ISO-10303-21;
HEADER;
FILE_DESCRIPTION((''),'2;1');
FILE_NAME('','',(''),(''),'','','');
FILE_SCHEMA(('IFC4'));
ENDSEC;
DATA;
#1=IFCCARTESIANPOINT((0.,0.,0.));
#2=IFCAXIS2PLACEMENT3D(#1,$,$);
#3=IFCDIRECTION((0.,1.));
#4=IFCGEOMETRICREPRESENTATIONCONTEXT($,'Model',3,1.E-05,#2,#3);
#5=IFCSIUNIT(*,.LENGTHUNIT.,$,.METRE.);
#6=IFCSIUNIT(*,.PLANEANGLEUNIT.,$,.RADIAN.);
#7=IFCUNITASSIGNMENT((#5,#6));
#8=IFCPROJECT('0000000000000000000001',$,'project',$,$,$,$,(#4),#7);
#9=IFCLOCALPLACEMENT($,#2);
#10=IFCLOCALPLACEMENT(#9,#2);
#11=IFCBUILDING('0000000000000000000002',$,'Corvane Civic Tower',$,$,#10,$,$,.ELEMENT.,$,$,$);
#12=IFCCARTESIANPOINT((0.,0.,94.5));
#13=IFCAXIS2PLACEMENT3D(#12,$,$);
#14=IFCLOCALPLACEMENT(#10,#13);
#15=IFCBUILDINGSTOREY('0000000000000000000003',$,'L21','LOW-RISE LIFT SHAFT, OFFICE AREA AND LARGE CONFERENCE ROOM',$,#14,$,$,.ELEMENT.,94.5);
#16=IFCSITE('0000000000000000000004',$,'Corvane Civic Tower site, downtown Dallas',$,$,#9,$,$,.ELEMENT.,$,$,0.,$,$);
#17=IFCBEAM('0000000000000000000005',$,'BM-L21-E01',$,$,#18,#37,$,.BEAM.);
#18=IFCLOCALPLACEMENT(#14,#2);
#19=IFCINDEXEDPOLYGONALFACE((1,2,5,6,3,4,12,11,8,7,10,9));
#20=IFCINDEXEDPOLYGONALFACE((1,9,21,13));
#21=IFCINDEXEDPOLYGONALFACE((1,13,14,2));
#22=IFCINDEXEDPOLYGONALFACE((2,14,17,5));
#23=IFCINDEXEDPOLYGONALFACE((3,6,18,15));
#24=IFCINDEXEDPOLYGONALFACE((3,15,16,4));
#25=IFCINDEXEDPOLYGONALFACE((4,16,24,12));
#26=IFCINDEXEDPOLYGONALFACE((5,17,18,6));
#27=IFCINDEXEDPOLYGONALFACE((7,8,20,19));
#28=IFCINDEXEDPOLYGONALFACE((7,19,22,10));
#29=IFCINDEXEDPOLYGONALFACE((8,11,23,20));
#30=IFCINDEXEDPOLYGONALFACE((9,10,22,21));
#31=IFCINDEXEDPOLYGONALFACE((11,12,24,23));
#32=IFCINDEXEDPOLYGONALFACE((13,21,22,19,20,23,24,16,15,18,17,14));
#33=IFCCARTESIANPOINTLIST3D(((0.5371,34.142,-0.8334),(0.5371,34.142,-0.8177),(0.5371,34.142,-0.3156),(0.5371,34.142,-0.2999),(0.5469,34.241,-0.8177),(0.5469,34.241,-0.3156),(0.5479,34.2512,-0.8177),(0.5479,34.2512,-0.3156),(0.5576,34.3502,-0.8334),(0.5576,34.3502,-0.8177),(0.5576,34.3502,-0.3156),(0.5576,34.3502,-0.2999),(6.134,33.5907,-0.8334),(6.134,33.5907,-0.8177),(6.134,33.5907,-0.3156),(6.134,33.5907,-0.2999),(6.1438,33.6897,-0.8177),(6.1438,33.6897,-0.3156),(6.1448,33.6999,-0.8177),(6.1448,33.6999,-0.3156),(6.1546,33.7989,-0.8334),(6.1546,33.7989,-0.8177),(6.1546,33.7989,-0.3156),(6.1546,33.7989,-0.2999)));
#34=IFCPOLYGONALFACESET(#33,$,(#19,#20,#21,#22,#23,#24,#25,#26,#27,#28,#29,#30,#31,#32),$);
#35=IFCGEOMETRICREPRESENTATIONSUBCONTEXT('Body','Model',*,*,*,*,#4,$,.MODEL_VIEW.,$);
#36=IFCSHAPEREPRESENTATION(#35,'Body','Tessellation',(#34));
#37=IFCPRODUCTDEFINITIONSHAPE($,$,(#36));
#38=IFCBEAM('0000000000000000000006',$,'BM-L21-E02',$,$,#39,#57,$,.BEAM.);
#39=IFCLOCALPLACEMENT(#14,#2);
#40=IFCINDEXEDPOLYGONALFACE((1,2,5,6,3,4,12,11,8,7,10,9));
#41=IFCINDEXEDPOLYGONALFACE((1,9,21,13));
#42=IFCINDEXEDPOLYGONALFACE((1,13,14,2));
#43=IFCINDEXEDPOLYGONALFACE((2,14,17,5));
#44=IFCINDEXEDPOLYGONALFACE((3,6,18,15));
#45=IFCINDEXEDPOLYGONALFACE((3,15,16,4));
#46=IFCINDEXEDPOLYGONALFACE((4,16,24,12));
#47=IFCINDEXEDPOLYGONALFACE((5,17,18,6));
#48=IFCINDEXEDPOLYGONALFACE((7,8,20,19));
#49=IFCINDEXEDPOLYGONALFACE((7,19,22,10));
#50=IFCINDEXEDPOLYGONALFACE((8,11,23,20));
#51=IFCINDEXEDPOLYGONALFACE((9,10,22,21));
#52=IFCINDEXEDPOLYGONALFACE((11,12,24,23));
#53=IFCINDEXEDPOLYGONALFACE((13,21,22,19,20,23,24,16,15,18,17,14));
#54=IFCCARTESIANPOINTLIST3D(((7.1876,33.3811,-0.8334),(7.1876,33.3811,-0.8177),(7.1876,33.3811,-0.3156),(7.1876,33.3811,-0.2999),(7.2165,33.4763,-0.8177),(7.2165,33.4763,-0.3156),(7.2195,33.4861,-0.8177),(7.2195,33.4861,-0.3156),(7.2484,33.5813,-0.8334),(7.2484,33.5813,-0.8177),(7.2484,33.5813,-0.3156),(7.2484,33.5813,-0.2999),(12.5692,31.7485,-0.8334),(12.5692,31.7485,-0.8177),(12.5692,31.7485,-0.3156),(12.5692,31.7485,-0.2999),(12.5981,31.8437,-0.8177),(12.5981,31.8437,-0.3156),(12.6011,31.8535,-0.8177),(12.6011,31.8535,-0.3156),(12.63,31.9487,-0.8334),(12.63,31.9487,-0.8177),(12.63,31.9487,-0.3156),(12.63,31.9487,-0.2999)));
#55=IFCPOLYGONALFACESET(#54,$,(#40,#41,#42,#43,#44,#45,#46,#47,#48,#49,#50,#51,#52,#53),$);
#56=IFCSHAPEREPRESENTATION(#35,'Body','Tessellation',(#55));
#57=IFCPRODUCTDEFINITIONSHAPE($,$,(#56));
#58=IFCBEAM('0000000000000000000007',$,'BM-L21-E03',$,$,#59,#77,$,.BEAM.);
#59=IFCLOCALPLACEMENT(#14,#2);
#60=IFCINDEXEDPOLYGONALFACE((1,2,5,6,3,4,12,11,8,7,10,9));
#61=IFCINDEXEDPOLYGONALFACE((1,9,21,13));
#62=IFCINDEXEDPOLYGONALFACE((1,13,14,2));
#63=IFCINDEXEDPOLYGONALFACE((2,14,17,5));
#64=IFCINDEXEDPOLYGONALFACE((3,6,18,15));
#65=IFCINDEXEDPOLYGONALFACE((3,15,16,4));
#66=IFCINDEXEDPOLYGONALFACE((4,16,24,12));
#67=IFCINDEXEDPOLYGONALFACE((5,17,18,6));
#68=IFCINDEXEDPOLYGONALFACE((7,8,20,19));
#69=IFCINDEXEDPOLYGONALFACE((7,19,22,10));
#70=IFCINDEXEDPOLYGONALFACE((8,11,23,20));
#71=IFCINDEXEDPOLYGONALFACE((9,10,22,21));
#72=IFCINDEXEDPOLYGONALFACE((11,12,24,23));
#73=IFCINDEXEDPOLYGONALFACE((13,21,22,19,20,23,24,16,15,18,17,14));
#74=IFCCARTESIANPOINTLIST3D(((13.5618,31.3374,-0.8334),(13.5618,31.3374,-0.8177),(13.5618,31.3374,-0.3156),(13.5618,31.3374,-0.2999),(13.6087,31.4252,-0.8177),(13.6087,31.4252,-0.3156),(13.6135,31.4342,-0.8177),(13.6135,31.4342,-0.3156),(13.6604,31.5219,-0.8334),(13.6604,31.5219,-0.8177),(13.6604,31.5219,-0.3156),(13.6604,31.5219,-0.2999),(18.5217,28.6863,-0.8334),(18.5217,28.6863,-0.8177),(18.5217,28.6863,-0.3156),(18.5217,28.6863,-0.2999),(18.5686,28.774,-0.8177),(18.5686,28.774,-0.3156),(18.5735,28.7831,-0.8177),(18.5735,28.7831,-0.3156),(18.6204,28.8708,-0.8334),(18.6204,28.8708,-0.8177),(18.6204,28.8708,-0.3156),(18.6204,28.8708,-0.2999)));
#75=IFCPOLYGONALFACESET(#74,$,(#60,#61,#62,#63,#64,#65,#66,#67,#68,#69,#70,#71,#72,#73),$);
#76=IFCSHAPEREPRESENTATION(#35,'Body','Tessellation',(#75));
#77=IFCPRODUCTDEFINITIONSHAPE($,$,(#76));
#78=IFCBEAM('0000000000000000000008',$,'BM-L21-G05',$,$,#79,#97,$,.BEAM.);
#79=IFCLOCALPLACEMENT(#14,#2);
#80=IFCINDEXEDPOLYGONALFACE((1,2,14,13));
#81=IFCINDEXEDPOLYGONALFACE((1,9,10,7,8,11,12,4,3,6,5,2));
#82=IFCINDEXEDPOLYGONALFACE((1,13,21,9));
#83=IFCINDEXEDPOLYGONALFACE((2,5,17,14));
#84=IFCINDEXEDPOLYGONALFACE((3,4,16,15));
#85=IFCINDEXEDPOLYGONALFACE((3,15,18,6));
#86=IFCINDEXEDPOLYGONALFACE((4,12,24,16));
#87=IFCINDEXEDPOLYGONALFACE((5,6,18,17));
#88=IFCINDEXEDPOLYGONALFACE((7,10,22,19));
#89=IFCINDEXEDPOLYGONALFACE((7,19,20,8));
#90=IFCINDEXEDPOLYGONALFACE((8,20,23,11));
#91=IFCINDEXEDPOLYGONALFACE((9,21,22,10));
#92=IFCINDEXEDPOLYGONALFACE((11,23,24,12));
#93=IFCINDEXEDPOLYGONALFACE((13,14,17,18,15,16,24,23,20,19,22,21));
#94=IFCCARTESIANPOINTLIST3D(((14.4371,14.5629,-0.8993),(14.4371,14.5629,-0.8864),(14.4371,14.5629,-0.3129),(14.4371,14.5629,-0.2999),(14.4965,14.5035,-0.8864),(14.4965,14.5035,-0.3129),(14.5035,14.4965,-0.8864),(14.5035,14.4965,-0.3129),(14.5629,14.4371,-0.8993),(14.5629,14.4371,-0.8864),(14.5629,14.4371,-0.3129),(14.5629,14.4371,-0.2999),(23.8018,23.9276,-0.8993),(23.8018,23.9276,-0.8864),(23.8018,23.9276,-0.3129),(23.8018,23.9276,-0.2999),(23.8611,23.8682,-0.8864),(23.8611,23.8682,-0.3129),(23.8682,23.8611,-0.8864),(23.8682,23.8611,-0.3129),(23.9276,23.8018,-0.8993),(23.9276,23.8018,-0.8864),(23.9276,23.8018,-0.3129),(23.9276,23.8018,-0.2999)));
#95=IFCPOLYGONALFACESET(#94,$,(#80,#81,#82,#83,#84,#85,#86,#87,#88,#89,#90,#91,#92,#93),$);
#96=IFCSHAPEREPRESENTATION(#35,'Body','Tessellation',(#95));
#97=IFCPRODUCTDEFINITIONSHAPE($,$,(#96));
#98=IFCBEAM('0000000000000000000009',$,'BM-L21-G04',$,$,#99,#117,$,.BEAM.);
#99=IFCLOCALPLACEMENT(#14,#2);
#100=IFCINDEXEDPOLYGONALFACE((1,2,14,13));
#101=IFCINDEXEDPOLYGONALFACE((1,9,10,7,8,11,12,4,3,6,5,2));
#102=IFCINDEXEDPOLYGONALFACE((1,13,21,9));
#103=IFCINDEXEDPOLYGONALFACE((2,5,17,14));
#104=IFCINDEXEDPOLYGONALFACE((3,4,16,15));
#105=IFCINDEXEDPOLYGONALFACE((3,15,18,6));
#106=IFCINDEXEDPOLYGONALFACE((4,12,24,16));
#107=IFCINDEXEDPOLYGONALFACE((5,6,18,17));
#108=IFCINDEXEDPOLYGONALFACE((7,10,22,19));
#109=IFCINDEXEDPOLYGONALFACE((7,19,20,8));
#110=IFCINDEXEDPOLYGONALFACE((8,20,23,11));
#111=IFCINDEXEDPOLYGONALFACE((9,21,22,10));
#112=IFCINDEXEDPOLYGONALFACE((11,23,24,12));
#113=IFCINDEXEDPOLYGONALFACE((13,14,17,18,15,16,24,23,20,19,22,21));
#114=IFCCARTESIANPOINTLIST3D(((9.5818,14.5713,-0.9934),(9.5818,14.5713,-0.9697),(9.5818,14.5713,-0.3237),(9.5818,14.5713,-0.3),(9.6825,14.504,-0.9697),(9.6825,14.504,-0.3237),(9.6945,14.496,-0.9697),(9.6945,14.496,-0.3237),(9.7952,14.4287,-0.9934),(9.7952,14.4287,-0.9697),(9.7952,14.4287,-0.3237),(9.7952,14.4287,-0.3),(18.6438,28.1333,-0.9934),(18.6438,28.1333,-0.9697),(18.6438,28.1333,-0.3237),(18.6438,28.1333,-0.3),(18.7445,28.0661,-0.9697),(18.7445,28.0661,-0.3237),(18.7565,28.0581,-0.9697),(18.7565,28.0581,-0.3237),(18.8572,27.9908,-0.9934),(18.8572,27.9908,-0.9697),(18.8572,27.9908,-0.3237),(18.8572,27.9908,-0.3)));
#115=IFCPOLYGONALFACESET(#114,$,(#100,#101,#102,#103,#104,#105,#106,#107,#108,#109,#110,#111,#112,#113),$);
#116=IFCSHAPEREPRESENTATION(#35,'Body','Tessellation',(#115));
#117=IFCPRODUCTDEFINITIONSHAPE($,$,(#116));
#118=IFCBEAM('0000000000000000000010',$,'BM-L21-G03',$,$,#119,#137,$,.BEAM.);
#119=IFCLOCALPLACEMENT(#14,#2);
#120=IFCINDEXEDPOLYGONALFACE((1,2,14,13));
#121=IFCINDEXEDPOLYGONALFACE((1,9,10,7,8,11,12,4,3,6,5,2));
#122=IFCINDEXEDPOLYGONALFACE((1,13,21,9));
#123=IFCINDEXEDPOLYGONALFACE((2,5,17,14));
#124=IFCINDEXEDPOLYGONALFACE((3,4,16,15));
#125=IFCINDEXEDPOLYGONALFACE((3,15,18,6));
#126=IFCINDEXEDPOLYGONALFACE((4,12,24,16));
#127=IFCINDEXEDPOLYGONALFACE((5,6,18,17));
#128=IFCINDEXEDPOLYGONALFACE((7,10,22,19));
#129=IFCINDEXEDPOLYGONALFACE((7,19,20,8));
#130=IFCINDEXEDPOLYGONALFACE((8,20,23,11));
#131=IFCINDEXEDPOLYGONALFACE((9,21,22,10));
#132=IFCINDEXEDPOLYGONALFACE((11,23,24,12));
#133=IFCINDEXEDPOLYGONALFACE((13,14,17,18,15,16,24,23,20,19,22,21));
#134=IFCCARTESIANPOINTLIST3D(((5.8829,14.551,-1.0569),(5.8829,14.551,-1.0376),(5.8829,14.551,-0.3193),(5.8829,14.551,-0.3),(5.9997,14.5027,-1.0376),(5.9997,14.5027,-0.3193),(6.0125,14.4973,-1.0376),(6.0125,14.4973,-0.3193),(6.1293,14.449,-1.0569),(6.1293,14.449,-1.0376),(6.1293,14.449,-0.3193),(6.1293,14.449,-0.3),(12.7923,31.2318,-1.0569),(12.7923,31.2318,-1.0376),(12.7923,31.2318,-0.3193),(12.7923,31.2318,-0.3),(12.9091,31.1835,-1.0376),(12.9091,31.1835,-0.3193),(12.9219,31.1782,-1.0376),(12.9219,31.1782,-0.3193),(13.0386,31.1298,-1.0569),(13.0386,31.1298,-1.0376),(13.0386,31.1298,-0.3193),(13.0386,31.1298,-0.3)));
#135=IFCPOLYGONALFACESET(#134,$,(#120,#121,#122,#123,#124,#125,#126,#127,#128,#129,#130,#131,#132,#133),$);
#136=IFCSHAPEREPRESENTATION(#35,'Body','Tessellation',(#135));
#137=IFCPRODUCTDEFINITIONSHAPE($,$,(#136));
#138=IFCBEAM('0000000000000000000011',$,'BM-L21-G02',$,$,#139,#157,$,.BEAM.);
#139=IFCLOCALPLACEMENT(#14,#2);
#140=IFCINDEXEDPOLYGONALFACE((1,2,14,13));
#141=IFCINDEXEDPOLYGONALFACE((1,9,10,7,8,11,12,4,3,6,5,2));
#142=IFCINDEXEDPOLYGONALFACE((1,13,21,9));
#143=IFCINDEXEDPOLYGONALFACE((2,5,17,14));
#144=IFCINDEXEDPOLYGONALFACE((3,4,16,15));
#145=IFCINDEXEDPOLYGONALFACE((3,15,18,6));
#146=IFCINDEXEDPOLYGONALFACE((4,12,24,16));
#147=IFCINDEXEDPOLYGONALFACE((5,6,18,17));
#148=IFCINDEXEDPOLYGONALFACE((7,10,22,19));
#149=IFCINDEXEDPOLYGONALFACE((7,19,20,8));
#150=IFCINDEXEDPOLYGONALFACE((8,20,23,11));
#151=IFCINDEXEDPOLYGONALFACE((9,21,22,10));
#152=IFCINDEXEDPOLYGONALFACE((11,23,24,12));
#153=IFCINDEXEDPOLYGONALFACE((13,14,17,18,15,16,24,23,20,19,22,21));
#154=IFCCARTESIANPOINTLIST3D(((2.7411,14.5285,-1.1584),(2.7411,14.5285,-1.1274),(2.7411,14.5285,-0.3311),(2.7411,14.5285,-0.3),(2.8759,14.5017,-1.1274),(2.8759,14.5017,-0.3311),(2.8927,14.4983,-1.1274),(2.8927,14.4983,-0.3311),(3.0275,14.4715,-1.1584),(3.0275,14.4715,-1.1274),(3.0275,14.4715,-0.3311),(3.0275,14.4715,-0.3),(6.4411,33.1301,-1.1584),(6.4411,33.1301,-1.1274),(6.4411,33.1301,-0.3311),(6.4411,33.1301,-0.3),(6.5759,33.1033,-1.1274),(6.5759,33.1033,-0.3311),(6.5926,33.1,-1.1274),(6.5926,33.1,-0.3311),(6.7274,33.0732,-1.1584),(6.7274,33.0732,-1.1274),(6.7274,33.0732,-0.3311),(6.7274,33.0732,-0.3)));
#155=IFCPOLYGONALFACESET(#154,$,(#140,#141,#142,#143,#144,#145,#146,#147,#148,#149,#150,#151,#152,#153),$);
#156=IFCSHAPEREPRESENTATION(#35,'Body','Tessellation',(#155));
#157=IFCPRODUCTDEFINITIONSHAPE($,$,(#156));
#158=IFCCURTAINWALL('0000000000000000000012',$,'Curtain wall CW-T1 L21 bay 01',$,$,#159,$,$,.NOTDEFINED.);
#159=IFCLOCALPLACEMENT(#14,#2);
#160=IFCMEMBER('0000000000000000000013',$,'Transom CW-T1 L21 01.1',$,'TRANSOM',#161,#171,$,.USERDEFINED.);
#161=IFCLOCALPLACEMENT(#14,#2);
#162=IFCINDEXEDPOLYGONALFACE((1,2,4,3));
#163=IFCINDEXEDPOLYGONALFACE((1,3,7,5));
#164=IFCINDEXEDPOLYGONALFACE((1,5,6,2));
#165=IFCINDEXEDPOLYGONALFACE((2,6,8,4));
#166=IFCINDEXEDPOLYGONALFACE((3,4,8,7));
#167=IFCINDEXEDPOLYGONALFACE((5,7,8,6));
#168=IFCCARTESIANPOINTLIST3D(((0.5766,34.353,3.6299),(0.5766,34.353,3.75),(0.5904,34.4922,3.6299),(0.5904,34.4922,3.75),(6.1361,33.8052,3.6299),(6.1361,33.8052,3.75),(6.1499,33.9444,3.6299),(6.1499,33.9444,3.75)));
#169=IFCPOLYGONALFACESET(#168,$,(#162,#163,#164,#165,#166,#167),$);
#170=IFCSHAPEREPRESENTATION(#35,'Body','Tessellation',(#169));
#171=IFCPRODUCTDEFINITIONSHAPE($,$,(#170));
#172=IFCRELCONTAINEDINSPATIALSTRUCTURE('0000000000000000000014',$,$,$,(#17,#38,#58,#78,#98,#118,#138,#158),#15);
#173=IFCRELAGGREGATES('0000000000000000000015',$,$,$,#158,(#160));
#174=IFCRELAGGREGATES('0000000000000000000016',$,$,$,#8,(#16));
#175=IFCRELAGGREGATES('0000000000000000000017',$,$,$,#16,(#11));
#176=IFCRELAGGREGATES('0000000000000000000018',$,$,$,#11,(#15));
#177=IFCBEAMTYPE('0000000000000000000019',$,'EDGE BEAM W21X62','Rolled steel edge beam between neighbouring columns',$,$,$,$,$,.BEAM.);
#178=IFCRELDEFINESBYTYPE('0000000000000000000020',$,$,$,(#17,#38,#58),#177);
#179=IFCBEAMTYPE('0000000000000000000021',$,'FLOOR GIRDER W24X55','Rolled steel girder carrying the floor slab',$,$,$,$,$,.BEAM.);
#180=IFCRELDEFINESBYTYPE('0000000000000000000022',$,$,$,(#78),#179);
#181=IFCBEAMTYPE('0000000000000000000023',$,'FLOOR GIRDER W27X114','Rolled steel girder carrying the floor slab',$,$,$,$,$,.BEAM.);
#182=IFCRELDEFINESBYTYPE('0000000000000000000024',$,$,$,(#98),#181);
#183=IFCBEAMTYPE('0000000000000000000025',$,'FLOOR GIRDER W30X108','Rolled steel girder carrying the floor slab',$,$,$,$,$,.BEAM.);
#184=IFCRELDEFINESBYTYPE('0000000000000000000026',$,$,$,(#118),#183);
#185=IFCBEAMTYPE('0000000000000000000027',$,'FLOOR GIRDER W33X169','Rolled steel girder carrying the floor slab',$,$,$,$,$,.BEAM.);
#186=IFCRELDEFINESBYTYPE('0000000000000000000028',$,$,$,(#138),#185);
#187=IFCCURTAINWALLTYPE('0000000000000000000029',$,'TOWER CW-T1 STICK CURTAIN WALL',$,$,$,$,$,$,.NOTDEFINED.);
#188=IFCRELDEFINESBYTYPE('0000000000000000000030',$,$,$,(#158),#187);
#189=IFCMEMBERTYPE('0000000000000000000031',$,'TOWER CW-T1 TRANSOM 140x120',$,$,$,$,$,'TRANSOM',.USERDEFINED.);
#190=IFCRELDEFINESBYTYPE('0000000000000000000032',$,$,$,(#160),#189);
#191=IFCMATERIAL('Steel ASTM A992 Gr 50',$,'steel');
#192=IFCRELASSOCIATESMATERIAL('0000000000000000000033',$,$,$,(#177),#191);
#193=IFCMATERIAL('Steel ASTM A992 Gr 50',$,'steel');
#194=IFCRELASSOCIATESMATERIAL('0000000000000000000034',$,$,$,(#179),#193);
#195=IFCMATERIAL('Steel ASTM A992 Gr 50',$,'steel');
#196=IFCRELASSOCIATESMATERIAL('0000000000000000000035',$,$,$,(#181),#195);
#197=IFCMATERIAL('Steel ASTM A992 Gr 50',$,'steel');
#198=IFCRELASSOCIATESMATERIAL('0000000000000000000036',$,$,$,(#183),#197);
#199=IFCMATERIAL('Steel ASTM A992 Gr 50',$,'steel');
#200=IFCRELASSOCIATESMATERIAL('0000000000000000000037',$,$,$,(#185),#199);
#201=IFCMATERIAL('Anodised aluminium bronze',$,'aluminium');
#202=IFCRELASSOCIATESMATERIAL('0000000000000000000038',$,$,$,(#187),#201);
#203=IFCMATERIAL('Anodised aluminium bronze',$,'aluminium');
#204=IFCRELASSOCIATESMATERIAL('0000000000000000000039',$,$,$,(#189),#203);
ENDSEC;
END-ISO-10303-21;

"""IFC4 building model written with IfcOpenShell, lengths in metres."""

from ifc_helpers import new_model, si_unit, direction, frame, origin, origin_2d, place, context, subcontext, project, spatial, rectangle, i_section, extrude, material, material_profile, profile_set, type_object, element, aggregate, save


model = new_model("IFC4")

# Units and contexts
model_context = context("Model", 3, precision=1e-05, world=origin(), true_north=direction((0.0, 1.0)))
body_context = subcontext(model_context, "Body", "Model", "MODEL_VIEW")
ifc_project = project(units=[si_unit("LENGTHUNIT", "METRE"), si_unit("PLANEANGLEUNIT", "RADIAN")], contexts=[model_context])

# Site, building, storey
site_placement = place(None, origin())
site = spatial("IfcSite", under=ifc_project, at=site_placement, Name="Corvane Civic Tower site, downtown Dallas", CompositionType="ELEMENT", RefElevation=0.0)
building_placement = place(site_placement, origin())
building = spatial("IfcBuilding", under=site, at=building_placement, Name="Corvane Civic Tower", CompositionType="ELEMENT")
storey_placement = place(building_placement, frame((0.0, 0.0, 94.5)))
storey = spatial("IfcBuildingStorey", under=building, at=storey_placement, Name="L21", Description="LOW-RISE LIFT SHAFT, OFFICE AREA AND LARGE CONFERENCE ROOM", CompositionType="ELEMENT", Elevation=94.5)

# Beams
ifc_material_1 = material(Name="Steel ASTM A992 Gr 50", Category="steel")
ifc_material_profile_1 = material_profile(ifc_material_1, i_section(OverallWidth=0.2092, OverallDepth=0.5334, WebThickness=0.0103, FlangeThickness=0.0156, at=origin_2d()), Name="W21X62")
ifc_profile_set_1 = profile_set([ifc_material_profile_1], Name="Steel ASTM A992 Gr 50")
beam_type_1 = type_object("IfcBeamType", Name="EDGE BEAM W21X62", Description="Rolled steel edge beam between neighbouring columns", PredefinedType="BEAM", material=ifc_profile_set_1)
beam_1_placement = place(storey_placement, frame((0.5474, 34.2461, -0.5667), z_axis=(0.995184, -0.098021, 0.0), x_axis=(0.098021, 0.995184, 0.0)))
element("IfcBeam", 1, at=beam_1_placement, inside=storey, type_object=beam_type_1, Name="BM-L21-E01", PredefinedType="BEAM", context=body_context, shape_type="SweptSolid", body=[
    extrude(i_section(OverallWidth=0.2092, OverallDepth=0.5334, WebThickness=0.0103, FlangeThickness=0.0156, at=origin_2d()), origin(), (0.0, 0.0, 1.0), 5.624),
])
beam_2_placement = place(storey_placement, frame((7.218, 33.4812, -0.5667), z_axis=(0.956936, -0.290298, 0.0), x_axis=(0.290298, 0.956936, 0.0)))
element("IfcBeam", 2, at=beam_2_placement, inside=storey, type_object=beam_type_1, Name="BM-L21-E02", PredefinedType="BEAM", context=body_context, shape_type="SweptSolid", body=[
    extrude(i_section(OverallWidth=0.2092, OverallDepth=0.5334, WebThickness=0.0103, FlangeThickness=0.0156, at=origin_2d()), origin(), (0.0, 0.0, 1.0), 5.6238),
])
beam_3_placement = place(storey_placement, frame((13.6111, 31.4297, -0.5667), z_axis=(0.881924, -0.471392, 0.0), x_axis=(0.471392, 0.881924, 0.0)))
element("IfcBeam", 3, at=beam_3_placement, inside=storey, type_object=beam_type_1, Name="BM-L21-E03", PredefinedType="BEAM", context=body_context, shape_type="SweptSolid", body=[
    extrude(i_section(OverallWidth=0.2092, OverallDepth=0.5334, WebThickness=0.0103, FlangeThickness=0.0156, at=origin_2d()), origin(), (0.0, 0.0, 1.0), 5.624),
])
ifc_material_2 = material(Name="Steel ASTM A992 Gr 50", Category="steel")
ifc_material_profile_2 = material_profile(ifc_material_2, i_section(OverallWidth=0.178, OverallDepth=0.5994, WebThickness=0.01, FlangeThickness=0.0129, at=origin_2d()), Name="W24X55")
ifc_profile_set_2 = profile_set([ifc_material_profile_2], Name="Steel ASTM A992 Gr 50")
beam_type_2 = type_object("IfcBeamType", Name="FLOOR GIRDER W24X55", Description="Rolled steel girder carrying the floor slab", PredefinedType="BEAM", material=ifc_profile_set_2)
beam_4_placement = place(storey_placement, frame((14.5, 14.5, -0.5996), z_axis=(0.707107, 0.707107, 0.0), x_axis=(-0.707107, 0.707107, 0.0)))
element("IfcBeam", 4, at=beam_4_placement, inside=storey, type_object=beam_type_2, Name="BM-L21-G05", PredefinedType="BEAM", context=body_context, shape_type="SweptSolid", body=[
    extrude(i_section(OverallWidth=0.178, OverallDepth=0.5994, WebThickness=0.01, FlangeThickness=0.0129, at=origin_2d()), origin(), (0.0, 0.0, 1.0), 13.2437),
])
ifc_material_3 = material(Name="Steel ASTM A992 Gr 50", Category="steel")
ifc_material_profile_3 = material_profile(ifc_material_3, i_section(OverallWidth=0.2566, OverallDepth=0.6934, WebThickness=0.0144, FlangeThickness=0.0237, at=origin_2d()), Name="W27X114")
ifc_profile_set_3 = profile_set([ifc_material_profile_3], Name="Steel ASTM A992 Gr 50")
beam_type_3 = type_object("IfcBeamType", Name="FLOOR GIRDER W27X114", Description="Rolled steel girder carrying the floor slab", PredefinedType="BEAM", material=ifc_profile_set_3)
beam_5_placement = place(storey_placement, frame((9.6885, 14.5, -0.6467), z_axis=(0.555577, 0.831465, 0.0), x_axis=(-0.831465, 0.555577, 0.0)))
element("IfcBeam", 5, at=beam_5_placement, inside=storey, type_object=beam_type_3, Name="BM-L21-G04", PredefinedType="BEAM", context=body_context, shape_type="SweptSolid", body=[
    extrude(i_section(OverallWidth=0.2566, OverallDepth=0.6934, WebThickness=0.0144, FlangeThickness=0.0237, at=origin_2d()), origin(), (0.0, 0.0, 1.0), 16.311),
])
ifc_material_4 = material(Name="Steel ASTM A992 Gr 50", Category="steel")
ifc_material_profile_4 = material_profile(ifc_material_4, i_section(OverallWidth=0.2666, OverallDepth=0.7568, WebThickness=0.0139, FlangeThickness=0.0193, at=origin_2d()), Name="W30X108")
ifc_profile_set_4 = profile_set([ifc_material_profile_4], Name="Steel ASTM A992 Gr 50")
beam_type_4 = type_object("IfcBeamType", Name="FLOOR GIRDER W30X108", Description="Rolled steel girder carrying the floor slab", PredefinedType="BEAM", material=ifc_profile_set_4)
beam_6_placement = place(storey_placement, frame((6.0061, 14.5, -0.6785), z_axis=(0.382682, 0.92388, 0.0), x_axis=(-0.92388, 0.382682, 0.0)))
element("IfcBeam", 6, at=beam_6_placement, inside=storey, type_object=beam_type_4, Name="BM-L21-G03", PredefinedType="BEAM", context=body_context, shape_type="SweptSolid", body=[
    extrude(i_section(OverallWidth=0.2666, OverallDepth=0.7568, WebThickness=0.0139, FlangeThickness=0.0193, at=origin_2d()), origin(), (0.0, 0.0, 1.0), 18.0552),
])
ifc_material_5 = material(Name="Steel ASTM A992 Gr 50", Category="steel")
ifc_material_profile_5 = material_profile(ifc_material_5, i_section(OverallWidth=0.292, OverallDepth=0.8584, WebThickness=0.0171, FlangeThickness=0.031, at=origin_2d()), Name="W33X169")
ifc_profile_set_5 = profile_set([ifc_material_profile_5], Name="Steel ASTM A992 Gr 50")
beam_type_5 = type_object("IfcBeamType", Name="FLOOR GIRDER W33X169", Description="Rolled steel girder carrying the floor slab", PredefinedType="BEAM", material=ifc_profile_set_5)
beam_7_placement = place(storey_placement, frame((2.8843, 14.5, -0.7292), z_axis=(0.195084, 0.980787, 0.0), x_axis=(-0.980787, 0.195084, 0.0)))
element("IfcBeam", 7, at=beam_7_placement, inside=storey, type_object=beam_type_5, Name="BM-L21-G02", PredefinedType="BEAM", context=body_context, shape_type="SweptSolid", body=[
    extrude(i_section(OverallWidth=0.292, OverallDepth=0.8584, WebThickness=0.0171, FlangeThickness=0.031, at=origin_2d()), origin(), (0.0, 0.0, 1.0), 18.9661),
])

# Curtain wall, member
ifc_material_6 = material(Name="Anodised aluminium bronze", Category="aluminium")
curtain_wall_type = type_object("IfcCurtainWallType", Name="TOWER CW-T1 STICK CURTAIN WALL", PredefinedType="NOTDEFINED", material=ifc_material_6)
curtain_wall_1_placement = place(storey_placement, origin())
curtain_wall_1 = element("IfcCurtainWall", 8, at=curtain_wall_1_placement, inside=storey, type_object=curtain_wall_type, Name="Curtain wall CW-T1 L21 bay 01", PredefinedType="NOTDEFINED")
ifc_material_7 = material(Name="Anodised aluminium bronze", Category="aluminium")
ifc_material_profile_6 = material_profile(ifc_material_7, rectangle(XDim=0.1399, YDim=0.1201, at=origin_2d()), Name="TOWER CW-T1 TRANSOM 140x120")
ifc_profile_set_6 = profile_set([ifc_material_profile_6], Name="Anodised aluminium bronze")
member_type = type_object("IfcMemberType", Name="TOWER CW-T1 TRANSOM 140x120", ElementType="TRANSOM", PredefinedType="USERDEFINED", material=ifc_profile_set_6)
member_1_placement = place(storey_placement, frame((0.5835, 34.4226, 3.6899), z_axis=(0.99518, -0.098067, 0.0), x_axis=(0.098067, 0.99518, 0.0)))
member_1 = element("IfcMember", 9, at=member_1_placement, type_object=member_type, Name="Transom CW-T1 L21 01.1", ObjectType="TRANSOM", PredefinedType="USERDEFINED", context=body_context, shape_type="SweptSolid", body=[
    extrude(rectangle(XDim=0.1399, YDim=0.1201, at=origin_2d()), origin(), (0.0, 0.0, 1.0), 5.5864),
])

aggregate(curtain_wall_1, [member_1])

save(model, "model.ifc")
